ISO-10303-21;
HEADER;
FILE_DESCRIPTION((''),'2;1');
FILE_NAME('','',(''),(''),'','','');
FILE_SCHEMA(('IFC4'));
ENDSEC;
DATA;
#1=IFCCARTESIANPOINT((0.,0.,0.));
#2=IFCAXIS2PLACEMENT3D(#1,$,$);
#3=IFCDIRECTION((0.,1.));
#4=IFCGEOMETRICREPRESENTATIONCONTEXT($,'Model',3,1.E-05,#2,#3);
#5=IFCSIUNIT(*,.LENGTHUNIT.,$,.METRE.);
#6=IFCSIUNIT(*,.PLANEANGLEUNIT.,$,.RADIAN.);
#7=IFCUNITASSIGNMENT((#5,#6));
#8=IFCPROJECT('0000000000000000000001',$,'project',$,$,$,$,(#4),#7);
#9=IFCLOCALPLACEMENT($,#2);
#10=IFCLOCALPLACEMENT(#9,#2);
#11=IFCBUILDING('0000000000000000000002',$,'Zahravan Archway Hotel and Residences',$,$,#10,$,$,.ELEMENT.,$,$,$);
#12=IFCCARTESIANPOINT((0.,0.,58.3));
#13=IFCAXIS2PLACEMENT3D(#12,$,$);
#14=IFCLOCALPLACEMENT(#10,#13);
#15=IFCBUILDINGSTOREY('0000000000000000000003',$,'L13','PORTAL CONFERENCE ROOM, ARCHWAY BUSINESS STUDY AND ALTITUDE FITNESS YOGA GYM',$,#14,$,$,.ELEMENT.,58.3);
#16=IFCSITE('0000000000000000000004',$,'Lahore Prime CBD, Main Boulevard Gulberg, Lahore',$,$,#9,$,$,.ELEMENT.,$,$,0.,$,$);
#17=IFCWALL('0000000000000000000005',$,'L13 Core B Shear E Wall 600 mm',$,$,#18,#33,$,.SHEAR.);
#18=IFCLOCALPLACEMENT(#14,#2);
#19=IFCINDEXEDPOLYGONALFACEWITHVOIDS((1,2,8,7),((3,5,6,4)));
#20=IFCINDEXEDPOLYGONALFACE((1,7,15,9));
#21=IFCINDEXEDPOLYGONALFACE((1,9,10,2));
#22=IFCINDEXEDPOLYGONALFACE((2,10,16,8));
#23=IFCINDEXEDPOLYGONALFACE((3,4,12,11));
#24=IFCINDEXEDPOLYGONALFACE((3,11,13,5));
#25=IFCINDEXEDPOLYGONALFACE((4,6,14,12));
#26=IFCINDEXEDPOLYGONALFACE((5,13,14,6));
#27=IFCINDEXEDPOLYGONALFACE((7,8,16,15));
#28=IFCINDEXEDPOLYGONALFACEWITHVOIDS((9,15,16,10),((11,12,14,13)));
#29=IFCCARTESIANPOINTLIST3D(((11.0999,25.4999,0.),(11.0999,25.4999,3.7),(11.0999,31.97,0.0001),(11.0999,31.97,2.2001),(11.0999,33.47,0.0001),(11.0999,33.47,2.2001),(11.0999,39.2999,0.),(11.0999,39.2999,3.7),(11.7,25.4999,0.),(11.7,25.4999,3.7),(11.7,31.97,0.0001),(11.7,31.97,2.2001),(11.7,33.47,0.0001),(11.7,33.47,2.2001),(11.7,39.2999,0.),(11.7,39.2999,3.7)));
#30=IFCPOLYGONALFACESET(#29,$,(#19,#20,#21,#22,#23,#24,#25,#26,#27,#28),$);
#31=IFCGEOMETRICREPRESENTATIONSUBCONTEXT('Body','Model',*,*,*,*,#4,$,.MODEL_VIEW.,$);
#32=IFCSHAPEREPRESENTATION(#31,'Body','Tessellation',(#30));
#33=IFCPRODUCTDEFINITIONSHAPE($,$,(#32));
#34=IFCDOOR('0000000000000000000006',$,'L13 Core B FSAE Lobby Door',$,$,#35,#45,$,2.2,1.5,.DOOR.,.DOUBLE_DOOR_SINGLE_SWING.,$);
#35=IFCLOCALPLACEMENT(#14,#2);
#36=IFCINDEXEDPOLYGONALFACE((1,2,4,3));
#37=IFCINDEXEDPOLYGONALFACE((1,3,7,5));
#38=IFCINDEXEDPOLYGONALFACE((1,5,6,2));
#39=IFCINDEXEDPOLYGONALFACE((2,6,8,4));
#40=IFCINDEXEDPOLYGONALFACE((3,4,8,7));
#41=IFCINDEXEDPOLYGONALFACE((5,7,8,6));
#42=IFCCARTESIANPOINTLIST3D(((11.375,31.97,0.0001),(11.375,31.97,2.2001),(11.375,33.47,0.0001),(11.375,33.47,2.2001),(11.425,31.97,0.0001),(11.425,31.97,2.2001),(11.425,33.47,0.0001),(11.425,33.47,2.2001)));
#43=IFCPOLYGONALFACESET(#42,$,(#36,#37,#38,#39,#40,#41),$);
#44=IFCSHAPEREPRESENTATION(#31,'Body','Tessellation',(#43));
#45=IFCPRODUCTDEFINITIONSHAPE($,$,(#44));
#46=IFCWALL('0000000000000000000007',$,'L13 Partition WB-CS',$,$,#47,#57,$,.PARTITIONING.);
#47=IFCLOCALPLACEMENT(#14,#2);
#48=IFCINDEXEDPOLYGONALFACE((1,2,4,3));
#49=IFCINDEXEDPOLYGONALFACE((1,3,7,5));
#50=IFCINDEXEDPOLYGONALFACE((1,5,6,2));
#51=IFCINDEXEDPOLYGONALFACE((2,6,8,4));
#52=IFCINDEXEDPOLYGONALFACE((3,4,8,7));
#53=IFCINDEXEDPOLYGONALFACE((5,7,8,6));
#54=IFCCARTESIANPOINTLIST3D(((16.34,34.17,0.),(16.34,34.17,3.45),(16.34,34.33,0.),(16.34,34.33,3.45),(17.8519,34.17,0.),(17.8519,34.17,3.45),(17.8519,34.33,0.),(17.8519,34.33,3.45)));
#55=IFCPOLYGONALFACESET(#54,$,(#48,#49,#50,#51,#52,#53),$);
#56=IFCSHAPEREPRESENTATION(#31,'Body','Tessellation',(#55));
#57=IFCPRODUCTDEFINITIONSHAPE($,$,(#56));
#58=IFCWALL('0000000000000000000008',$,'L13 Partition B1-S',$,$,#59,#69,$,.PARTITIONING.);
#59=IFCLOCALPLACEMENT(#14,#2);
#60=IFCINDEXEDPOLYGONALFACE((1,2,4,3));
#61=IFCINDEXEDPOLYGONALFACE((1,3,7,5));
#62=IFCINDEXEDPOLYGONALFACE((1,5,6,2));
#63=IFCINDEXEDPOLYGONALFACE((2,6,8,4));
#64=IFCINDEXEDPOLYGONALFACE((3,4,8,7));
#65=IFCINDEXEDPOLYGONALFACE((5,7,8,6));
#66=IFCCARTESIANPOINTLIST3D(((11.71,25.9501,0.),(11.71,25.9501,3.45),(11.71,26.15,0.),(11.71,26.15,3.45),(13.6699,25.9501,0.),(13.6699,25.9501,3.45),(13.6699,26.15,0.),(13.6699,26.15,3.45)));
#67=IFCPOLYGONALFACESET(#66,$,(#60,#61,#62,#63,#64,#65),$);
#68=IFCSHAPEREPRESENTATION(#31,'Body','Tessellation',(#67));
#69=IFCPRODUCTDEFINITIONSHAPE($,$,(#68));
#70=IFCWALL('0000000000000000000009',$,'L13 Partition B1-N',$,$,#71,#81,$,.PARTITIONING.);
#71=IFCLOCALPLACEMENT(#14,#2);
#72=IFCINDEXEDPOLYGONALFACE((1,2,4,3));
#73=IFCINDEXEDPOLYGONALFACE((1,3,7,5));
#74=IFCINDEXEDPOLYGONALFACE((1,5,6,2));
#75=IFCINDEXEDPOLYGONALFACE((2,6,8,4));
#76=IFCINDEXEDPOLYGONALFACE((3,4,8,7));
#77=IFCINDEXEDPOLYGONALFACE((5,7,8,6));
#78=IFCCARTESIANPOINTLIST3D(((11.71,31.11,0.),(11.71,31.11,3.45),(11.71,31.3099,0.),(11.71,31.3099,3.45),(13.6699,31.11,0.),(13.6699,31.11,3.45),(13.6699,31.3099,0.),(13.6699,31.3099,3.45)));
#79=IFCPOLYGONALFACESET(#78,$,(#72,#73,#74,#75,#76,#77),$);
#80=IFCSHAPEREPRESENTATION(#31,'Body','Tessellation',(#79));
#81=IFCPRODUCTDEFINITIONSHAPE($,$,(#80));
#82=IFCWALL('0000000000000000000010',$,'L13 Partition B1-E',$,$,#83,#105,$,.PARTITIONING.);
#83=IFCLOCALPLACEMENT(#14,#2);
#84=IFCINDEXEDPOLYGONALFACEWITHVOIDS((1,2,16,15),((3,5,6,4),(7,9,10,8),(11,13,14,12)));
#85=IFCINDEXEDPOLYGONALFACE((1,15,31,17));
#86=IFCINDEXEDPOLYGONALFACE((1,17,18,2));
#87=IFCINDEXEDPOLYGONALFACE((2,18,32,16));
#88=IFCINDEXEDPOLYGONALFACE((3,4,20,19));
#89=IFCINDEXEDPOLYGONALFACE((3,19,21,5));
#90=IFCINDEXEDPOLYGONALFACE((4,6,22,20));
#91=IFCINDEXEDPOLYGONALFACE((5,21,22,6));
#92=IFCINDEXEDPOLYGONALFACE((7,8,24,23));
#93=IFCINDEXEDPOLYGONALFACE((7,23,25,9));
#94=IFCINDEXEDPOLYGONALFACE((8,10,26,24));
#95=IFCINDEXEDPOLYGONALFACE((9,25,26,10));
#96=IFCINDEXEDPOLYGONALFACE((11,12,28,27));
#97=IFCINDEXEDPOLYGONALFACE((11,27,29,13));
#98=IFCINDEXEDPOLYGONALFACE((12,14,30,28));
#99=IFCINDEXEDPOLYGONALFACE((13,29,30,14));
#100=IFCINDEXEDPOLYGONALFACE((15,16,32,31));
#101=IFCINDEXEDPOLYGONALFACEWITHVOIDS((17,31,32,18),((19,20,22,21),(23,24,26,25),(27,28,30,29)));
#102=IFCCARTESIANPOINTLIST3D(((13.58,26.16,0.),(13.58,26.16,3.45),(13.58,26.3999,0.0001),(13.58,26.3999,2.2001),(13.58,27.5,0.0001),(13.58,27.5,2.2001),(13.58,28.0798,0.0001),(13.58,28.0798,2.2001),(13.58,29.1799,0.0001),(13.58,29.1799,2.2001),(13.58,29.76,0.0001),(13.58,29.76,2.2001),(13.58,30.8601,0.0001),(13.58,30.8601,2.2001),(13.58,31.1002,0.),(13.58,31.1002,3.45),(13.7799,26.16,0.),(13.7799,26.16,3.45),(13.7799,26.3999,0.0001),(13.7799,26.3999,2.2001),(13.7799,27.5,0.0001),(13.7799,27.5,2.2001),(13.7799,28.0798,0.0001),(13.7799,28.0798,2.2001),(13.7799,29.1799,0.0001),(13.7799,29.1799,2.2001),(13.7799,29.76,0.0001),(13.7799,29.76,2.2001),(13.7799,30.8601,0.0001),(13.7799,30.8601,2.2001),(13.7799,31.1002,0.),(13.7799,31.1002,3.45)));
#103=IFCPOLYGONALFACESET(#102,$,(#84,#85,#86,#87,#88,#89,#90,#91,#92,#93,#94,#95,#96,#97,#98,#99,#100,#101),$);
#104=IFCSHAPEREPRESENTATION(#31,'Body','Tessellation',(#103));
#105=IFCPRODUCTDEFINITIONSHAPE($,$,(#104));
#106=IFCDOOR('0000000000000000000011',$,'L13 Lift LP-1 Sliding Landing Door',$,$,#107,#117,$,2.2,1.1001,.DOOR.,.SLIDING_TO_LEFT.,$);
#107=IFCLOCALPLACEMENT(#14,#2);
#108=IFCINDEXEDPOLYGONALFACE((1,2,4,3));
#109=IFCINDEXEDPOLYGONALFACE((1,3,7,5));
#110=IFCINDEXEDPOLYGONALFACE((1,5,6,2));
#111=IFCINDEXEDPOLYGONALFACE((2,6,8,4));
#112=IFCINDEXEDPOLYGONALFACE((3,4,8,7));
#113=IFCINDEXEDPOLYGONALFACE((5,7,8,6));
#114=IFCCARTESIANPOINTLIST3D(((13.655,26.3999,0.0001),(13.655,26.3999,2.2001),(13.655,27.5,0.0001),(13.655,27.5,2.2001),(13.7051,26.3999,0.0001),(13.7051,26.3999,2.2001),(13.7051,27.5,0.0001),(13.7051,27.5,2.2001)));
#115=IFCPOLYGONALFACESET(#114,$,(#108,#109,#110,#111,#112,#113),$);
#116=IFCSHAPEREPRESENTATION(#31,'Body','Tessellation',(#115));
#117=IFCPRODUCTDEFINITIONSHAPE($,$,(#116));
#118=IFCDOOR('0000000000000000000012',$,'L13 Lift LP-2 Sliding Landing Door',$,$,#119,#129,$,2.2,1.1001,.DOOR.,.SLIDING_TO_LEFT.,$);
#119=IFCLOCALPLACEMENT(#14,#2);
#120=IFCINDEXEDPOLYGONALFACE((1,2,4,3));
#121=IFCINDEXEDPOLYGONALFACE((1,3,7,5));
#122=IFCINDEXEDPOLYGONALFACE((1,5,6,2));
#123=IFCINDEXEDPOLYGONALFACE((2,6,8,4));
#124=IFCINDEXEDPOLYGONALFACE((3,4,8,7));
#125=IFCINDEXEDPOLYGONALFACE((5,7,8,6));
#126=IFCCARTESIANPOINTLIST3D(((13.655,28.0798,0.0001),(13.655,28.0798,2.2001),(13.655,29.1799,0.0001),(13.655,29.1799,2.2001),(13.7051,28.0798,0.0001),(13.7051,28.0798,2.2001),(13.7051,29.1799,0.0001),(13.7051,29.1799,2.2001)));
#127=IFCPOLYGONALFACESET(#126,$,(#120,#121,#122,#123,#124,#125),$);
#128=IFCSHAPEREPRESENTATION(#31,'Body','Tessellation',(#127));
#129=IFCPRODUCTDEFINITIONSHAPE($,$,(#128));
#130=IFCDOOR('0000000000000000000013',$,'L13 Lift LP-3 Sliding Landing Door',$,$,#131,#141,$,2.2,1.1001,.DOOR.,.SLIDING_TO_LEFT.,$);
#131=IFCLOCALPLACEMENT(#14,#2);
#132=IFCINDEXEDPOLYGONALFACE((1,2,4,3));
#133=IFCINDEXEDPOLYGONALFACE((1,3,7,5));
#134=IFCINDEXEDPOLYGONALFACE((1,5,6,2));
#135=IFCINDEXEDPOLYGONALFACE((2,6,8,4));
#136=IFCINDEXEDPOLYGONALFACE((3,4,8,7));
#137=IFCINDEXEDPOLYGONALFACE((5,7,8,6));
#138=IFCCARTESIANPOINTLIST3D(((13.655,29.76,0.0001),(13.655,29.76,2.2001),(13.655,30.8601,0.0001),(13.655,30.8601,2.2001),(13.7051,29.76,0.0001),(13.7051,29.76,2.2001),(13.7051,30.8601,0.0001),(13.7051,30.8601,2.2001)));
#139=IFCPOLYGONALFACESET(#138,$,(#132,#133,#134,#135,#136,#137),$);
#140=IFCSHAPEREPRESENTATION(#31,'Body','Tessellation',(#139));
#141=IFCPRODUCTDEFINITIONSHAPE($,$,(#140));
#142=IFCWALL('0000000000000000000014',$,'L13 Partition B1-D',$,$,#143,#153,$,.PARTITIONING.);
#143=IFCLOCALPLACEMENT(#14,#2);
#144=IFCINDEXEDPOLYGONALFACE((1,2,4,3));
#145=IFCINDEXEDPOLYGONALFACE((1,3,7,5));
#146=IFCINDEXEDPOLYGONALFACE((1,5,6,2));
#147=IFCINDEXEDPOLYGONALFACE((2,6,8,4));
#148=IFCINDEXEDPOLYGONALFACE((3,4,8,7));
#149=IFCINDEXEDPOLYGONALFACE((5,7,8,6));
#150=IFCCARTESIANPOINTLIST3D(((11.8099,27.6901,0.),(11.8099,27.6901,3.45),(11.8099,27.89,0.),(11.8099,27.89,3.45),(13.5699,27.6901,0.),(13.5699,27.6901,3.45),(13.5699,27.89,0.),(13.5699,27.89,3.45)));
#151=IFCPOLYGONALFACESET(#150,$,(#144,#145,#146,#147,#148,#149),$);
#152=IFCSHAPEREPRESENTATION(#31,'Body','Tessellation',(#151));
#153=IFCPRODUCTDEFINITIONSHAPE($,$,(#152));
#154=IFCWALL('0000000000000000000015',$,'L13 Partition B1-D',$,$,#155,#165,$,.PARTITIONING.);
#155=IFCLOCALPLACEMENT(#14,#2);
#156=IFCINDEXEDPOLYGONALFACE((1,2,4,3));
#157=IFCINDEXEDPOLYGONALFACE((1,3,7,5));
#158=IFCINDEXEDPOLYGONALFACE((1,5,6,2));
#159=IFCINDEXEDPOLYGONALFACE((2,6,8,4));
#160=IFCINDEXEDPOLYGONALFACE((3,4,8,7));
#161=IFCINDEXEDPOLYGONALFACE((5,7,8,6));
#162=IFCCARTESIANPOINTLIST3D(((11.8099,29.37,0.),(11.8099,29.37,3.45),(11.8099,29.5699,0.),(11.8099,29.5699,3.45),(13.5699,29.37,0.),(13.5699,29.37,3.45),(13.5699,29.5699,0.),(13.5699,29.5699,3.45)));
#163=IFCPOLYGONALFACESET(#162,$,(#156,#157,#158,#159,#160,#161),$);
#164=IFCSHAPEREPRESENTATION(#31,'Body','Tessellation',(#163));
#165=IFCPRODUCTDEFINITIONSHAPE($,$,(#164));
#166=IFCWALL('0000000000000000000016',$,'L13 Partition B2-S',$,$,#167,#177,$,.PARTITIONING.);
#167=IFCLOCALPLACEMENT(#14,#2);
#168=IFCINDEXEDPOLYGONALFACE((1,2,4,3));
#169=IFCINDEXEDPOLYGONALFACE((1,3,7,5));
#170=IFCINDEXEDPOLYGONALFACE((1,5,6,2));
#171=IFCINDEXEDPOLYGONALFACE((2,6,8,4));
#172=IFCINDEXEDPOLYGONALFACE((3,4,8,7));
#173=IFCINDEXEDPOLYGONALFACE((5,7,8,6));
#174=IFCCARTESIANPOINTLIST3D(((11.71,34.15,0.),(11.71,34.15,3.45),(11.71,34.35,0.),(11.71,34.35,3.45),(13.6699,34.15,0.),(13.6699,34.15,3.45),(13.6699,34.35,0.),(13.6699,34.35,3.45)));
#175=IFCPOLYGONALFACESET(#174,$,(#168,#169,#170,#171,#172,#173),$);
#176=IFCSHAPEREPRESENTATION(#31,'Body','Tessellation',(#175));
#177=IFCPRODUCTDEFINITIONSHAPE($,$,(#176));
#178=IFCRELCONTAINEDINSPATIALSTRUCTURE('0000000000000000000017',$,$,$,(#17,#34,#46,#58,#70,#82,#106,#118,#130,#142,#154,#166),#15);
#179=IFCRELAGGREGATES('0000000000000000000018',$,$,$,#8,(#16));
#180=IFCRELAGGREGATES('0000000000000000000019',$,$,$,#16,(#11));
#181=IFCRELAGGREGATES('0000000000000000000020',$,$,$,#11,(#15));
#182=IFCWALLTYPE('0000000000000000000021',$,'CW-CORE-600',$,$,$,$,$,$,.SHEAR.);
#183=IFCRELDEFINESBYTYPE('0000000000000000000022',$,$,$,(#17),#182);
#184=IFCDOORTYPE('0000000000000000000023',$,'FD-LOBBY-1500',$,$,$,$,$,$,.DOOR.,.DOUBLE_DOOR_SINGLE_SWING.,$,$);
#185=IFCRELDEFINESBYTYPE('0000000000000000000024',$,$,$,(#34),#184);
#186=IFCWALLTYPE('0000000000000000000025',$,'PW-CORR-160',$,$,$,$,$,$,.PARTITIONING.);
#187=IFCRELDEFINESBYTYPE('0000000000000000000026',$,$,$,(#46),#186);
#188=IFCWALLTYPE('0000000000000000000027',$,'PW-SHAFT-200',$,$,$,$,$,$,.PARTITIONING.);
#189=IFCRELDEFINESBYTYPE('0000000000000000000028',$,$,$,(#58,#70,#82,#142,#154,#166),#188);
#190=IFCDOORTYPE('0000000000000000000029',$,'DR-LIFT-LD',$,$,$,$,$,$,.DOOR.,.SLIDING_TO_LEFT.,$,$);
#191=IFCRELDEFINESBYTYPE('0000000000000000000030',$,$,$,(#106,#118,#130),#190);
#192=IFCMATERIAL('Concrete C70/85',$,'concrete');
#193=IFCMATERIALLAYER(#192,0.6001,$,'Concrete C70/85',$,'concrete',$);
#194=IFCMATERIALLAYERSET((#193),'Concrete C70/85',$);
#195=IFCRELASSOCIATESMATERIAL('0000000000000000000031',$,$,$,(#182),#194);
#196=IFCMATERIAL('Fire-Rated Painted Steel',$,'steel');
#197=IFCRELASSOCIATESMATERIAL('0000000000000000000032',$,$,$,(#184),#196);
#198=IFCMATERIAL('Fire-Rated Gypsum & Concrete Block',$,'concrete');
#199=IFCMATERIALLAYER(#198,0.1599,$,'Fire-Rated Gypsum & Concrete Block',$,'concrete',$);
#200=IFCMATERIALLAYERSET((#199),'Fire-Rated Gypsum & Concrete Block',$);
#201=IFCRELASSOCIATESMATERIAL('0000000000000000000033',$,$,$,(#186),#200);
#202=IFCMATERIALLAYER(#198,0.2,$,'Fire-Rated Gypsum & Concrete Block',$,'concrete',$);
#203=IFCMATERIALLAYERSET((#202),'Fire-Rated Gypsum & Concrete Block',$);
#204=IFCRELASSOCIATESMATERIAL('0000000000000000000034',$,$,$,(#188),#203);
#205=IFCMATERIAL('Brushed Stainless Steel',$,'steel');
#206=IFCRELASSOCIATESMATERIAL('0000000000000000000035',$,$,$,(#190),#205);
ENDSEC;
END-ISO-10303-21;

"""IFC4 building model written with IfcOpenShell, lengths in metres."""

from ifc_helpers import new_model, si_unit, direction, frame, frame_2d, origin, place, context, subcontext, project, spatial, rectangle, extrude, source, transform, mapped, material, layer, layer_set, type_object, type_shapes, element, fill, save


model = new_model("IFC4")

# Units and contexts
model_context = context("Model", 3, precision=1e-05, world=origin(), true_north=direction((0.0, 1.0)))
body_context = subcontext(model_context, "Body", "Model", "MODEL_VIEW")
ifc_project = project(units=[si_unit("LENGTHUNIT", "METRE"), si_unit("PLANEANGLEUNIT", "RADIAN")], contexts=[model_context])

# Site, building, storey
site_placement = place(None, origin())
site = spatial("IfcSite", under=ifc_project, at=site_placement, Name="Lahore Prime CBD, Main Boulevard Gulberg, Lahore", CompositionType="ELEMENT", RefElevation=0.0)
building_placement = place(site_placement, origin())
building = spatial("IfcBuilding", under=site, at=building_placement, Name="Zahravan Archway Hotel and Residences", CompositionType="ELEMENT")
storey_placement = place(building_placement, frame((0.0, 0.0, 58.3)))
storey = spatial("IfcBuildingStorey", under=building, at=storey_placement, Name="L13", Description="PORTAL CONFERENCE ROOM, ARCHWAY BUSINESS STUDY AND ALTITUDE FITNESS YOGA GYM", CompositionType="ELEMENT", Elevation=58.3)

# Shared definitions
ifc_material_1 = material(Name="Concrete C70/85", Category="concrete")

# Wall, opening, door
ifc_layer_1 = layer(ifc_material_1, 0.6001, Name="Concrete C70/85", Category="concrete")
ifc_layer_set_1 = layer_set([ifc_layer_1], Name="Concrete C70/85")
wall_type_1 = type_object("IfcWallType", Name="CW-CORE-600", PredefinedType="SHEAR", material=ifc_layer_set_1)
wall_1_placement = place(storey_placement, frame((11.3999, 25.5, 0.0), z_axis=(0.0, 0.0, 1.0), x_axis=(0.0, 1.0, 0.0)))
wall_1 = element("IfcWall", 1, at=wall_1_placement, inside=storey, type_object=wall_type_1, Name="L13 Core B Shear E Wall 600 mm", PredefinedType="SHEAR", context=body_context, shape_type="SweptSolid", body=[
    extrude(rectangle(XDim=13.8, YDim=0.6001, at=frame_2d((6.8999, 0.0))), origin(), (0.0, 0.0, 1.0), 3.7),
])
opening_1_placement = place(wall_1_placement, frame((6.47, 0.0, 0.0)))
opening_1 = element("IfcOpeningElement", 2, at=opening_1_placement, cuts=wall_1, PredefinedType="OPENING", context=body_context, shape_type="SweptSolid", body=[
    extrude(rectangle(XDim=1.5, YDim=2.2, at=frame_2d((0.75, 1.1001))), frame((0.0, 0.3101, 0.0), z_axis=(0.0, -1.0, 0.0), x_axis=(1.0, 0.0, 0.0)), (0.0, 0.0, 1.0), 0.6201),
])
ifc_material_2 = material(Name="Fire-Rated Painted Steel", Category="steel")
door_type_1 = type_object("IfcDoorType", Name="FD-LOBBY-1500", OperationType="DOUBLE_DOOR_SINGLE_SWING", PredefinedType="DOOR", material=ifc_material_2)
shared_shape_1 = source(origin(), body_context, "Body", "SweptSolid", [
    extrude(rectangle(XDim=1.5, YDim=2.2, at=frame_2d((0.75, 1.1001))), frame((0.0, 0.0249, 0.0), z_axis=(0.0, -1.0, 0.0), x_axis=(1.0, 0.0, 0.0)), (0.0, 0.0, 1.0), 0.05),
])
type_shapes(door_type_1, [shared_shape_1])
door_1_placement = place(opening_1_placement, origin())
door_1 = element("IfcDoor", 3, at=door_1_placement, inside=storey, type_object=door_type_1, Name="L13 Core B FSAE Lobby Door", OperationType="DOUBLE_DOOR_SINGLE_SWING", OverallHeight=2.2, OverallWidth=1.5, PredefinedType="DOOR", context=body_context, shape_type="MappedRepresentation", body=[
    mapped(shared_shape_1, transform((0.0, 0.0, 0.0), scale=1.0)),
])
fill(opening_1, door_1)

# Walls
ifc_material_3 = material(Name="Fire-Rated Gypsum & Concrete Block", Category="concrete")
ifc_layer_2 = layer(ifc_material_3, 0.1599, Name="Fire-Rated Gypsum & Concrete Block", Category="concrete")
ifc_layer_set_2 = layer_set([ifc_layer_2], Name="Fire-Rated Gypsum & Concrete Block")
wall_type_2 = type_object("IfcWallType", Name="PW-CORR-160", PredefinedType="PARTITIONING", material=ifc_layer_set_2)
wall_2_placement = place(storey_placement, frame((16.3401, 34.25, 0.0), z_axis=(0.0, 0.0, 1.0), x_axis=(1.0, 0.0, 0.0)))
element("IfcWall", 4, at=wall_2_placement, inside=storey, type_object=wall_type_2, Name="L13 Partition WB-CS", PredefinedType="PARTITIONING", context=body_context, shape_type="SweptSolid", body=[
    extrude(rectangle(XDim=1.512, YDim=0.1599, at=frame_2d((0.7559, 0.0))), origin(), (0.0, 0.0, 1.0), 3.45),
])
ifc_layer_3 = layer(ifc_material_3, 0.2, Name="Fire-Rated Gypsum & Concrete Block", Category="concrete")
ifc_layer_set_3 = layer_set([ifc_layer_3], Name="Fire-Rated Gypsum & Concrete Block")
wall_type_3 = type_object("IfcWallType", Name="PW-SHAFT-200", PredefinedType="PARTITIONING", material=ifc_layer_set_3)
for number, where, z_axis, x_axis, name in (
    (5, (11.71, 26.05, 0.0), (0.0, 0.0, 1.0), (1.0, 0.0, 0.0), "L13 Partition B1-S"),
    (6, (11.71, 31.21, 0.0), (0.0, 0.0, 1.0), (1.0, 0.0, 0.0), "L13 Partition B1-N"),
):
    element("IfcWall", number, at=place(storey_placement, frame(where, z_axis=z_axis, x_axis=x_axis)), inside=storey, type_object=wall_type_3, Name=name, PredefinedType="PARTITIONING", context=body_context, shape_type="SweptSolid", body=[
        extrude(rectangle(XDim=1.96, YDim=0.2, at=frame_2d((0.98, 0.0))), origin(), (0.0, 0.0, 1.0), 3.45),
    ])

# Wall, openings, doors
wall_3_placement = place(storey_placement, frame((13.6799, 26.1599, 0.0), z_axis=(0.0, 0.0, 1.0), x_axis=(0.0, 1.0, 0.0)))
wall_3 = element("IfcWall", 7, at=wall_3_placement, inside=storey, type_object=wall_type_3, Name="L13 Partition B1-E", PredefinedType="PARTITIONING", context=body_context, shape_type="SweptSolid", body=[
    extrude(rectangle(XDim=4.9402, YDim=0.2, at=frame_2d((2.4702, 0.0))), origin(), (0.0, 0.0, 1.0), 3.45),
])
opening_2_placement = place(wall_3_placement, frame((0.24, 0.0, 0.0)))
opening_2 = element("IfcOpeningElement", 8, at=opening_2_placement, cuts=wall_3, PredefinedType="OPENING", context=body_context, shape_type="SweptSolid", body=[
    extrude(rectangle(XDim=1.1001, YDim=2.2, at=frame_2d((0.55, 1.1001))), frame((0.0, 0.1099, 0.0), z_axis=(0.0, -1.0, 0.0), x_axis=(1.0, 0.0, 0.0)), (0.0, 0.0, 1.0), 0.22),
])
opening_3_placement = place(wall_3_placement, frame((1.9199, 0.0, 0.0)))
opening_3 = element("IfcOpeningElement", 9, at=opening_3_placement, cuts=wall_3, PredefinedType="OPENING", context=body_context, shape_type="SweptSolid", body=[
    extrude(rectangle(XDim=1.1001, YDim=2.2, at=frame_2d((0.55, 1.1001))), frame((0.0, 0.1099, 0.0), z_axis=(0.0, -1.0, 0.0), x_axis=(1.0, 0.0, 0.0)), (0.0, 0.0, 1.0), 0.22),
])
opening_4_placement = place(wall_3_placement, frame((3.6001, 0.0, 0.0)))
opening_4 = element("IfcOpeningElement", 10, at=opening_4_placement, cuts=wall_3, PredefinedType="OPENING", context=body_context, shape_type="SweptSolid", body=[
    extrude(rectangle(XDim=1.1001, YDim=2.2, at=frame_2d((0.55, 1.1001))), frame((0.0, 0.1099, 0.0), z_axis=(0.0, -1.0, 0.0), x_axis=(1.0, 0.0, 0.0)), (0.0, 0.0, 1.0), 0.22),
])
ifc_material_4 = material(Name="Brushed Stainless Steel", Category="steel")
door_type_2 = type_object("IfcDoorType", Name="DR-LIFT-LD", OperationType="SLIDING_TO_LEFT", PredefinedType="DOOR", material=ifc_material_4)
shared_shape_2 = source(origin(), body_context, "Body", "SweptSolid", [
    extrude(rectangle(XDim=1.1001, YDim=2.2, at=frame_2d((0.55, 1.1001))), frame((0.0, 0.0249, 0.0), z_axis=(0.0, -1.0, 0.0), x_axis=(1.0, 0.0, 0.0)), (0.0, 0.0, 1.0), 0.05),
])
type_shapes(door_type_2, [shared_shape_2])
door_2_placement = place(opening_2_placement, origin())
door_2 = element("IfcDoor", 11, at=door_2_placement, inside=storey, type_object=door_type_2, Name="L13 Lift LP-1 Sliding Landing Door", OperationType="SLIDING_TO_LEFT", OverallHeight=2.2, OverallWidth=1.1001, PredefinedType="DOOR", context=body_context, shape_type="MappedRepresentation", body=[
    mapped(shared_shape_2, transform((0.0, 0.0, 0.0), scale=1.0)),
])
fill(opening_2, door_2)
door_3_placement = place(opening_3_placement, origin())
door_3 = element("IfcDoor", 12, at=door_3_placement, inside=storey, type_object=door_type_2, Name="L13 Lift LP-2 Sliding Landing Door", OperationType="SLIDING_TO_LEFT", OverallHeight=2.2, OverallWidth=1.1001, PredefinedType="DOOR", context=body_context, shape_type="MappedRepresentation", body=[
    mapped(shared_shape_2, transform((0.0, 0.0, 0.0), scale=1.0)),
])
fill(opening_3, door_3)
door_4_placement = place(opening_4_placement, origin())
door_4 = element("IfcDoor", 13, at=door_4_placement, inside=storey, type_object=door_type_2, Name="L13 Lift LP-3 Sliding Landing Door", OperationType="SLIDING_TO_LEFT", OverallHeight=2.2, OverallWidth=1.1001, PredefinedType="DOOR", context=body_context, shape_type="MappedRepresentation", body=[
    mapped(shared_shape_2, transform((0.0, 0.0, 0.0), scale=1.0)),
])
fill(opening_4, door_4)

# Walls
for number, where, z_axis, x_axis, name in (
    (14, (11.8101, 27.79, 0.0), (0.0, 0.0, 1.0), (1.0, 0.0, 0.0), "L13 Partition B1-D"),
    (15, (11.8101, 29.47, 0.0), (0.0, 0.0, 1.0), (1.0, 0.0, 0.0), "L13 Partition B1-D"),
):
    element("IfcWall", number, at=place(storey_placement, frame(where, z_axis=z_axis, x_axis=x_axis)), inside=storey, type_object=wall_type_3, Name=name, PredefinedType="PARTITIONING", context=body_context, shape_type="SweptSolid", body=[
        extrude(rectangle(XDim=1.76, YDim=0.2, at=frame_2d((0.8799, 0.0))), origin(), (0.0, 0.0, 1.0), 3.45),
    ])
wall_4_placement = place(storey_placement, frame((11.71, 34.25, 0.0), z_axis=(0.0, 0.0, 1.0), x_axis=(1.0, 0.0, 0.0)))
element("IfcWall", 16, at=wall_4_placement, inside=storey, type_object=wall_type_3, Name="L13 Partition B2-S", PredefinedType="PARTITIONING", context=body_context, shape_type="SweptSolid", body=[
    extrude(rectangle(XDim=1.96, YDim=0.2, at=frame_2d((0.98, 0.0))), origin(), (0.0, 0.0, 1.0), 3.45),
])

save(model, "model.ifc")
